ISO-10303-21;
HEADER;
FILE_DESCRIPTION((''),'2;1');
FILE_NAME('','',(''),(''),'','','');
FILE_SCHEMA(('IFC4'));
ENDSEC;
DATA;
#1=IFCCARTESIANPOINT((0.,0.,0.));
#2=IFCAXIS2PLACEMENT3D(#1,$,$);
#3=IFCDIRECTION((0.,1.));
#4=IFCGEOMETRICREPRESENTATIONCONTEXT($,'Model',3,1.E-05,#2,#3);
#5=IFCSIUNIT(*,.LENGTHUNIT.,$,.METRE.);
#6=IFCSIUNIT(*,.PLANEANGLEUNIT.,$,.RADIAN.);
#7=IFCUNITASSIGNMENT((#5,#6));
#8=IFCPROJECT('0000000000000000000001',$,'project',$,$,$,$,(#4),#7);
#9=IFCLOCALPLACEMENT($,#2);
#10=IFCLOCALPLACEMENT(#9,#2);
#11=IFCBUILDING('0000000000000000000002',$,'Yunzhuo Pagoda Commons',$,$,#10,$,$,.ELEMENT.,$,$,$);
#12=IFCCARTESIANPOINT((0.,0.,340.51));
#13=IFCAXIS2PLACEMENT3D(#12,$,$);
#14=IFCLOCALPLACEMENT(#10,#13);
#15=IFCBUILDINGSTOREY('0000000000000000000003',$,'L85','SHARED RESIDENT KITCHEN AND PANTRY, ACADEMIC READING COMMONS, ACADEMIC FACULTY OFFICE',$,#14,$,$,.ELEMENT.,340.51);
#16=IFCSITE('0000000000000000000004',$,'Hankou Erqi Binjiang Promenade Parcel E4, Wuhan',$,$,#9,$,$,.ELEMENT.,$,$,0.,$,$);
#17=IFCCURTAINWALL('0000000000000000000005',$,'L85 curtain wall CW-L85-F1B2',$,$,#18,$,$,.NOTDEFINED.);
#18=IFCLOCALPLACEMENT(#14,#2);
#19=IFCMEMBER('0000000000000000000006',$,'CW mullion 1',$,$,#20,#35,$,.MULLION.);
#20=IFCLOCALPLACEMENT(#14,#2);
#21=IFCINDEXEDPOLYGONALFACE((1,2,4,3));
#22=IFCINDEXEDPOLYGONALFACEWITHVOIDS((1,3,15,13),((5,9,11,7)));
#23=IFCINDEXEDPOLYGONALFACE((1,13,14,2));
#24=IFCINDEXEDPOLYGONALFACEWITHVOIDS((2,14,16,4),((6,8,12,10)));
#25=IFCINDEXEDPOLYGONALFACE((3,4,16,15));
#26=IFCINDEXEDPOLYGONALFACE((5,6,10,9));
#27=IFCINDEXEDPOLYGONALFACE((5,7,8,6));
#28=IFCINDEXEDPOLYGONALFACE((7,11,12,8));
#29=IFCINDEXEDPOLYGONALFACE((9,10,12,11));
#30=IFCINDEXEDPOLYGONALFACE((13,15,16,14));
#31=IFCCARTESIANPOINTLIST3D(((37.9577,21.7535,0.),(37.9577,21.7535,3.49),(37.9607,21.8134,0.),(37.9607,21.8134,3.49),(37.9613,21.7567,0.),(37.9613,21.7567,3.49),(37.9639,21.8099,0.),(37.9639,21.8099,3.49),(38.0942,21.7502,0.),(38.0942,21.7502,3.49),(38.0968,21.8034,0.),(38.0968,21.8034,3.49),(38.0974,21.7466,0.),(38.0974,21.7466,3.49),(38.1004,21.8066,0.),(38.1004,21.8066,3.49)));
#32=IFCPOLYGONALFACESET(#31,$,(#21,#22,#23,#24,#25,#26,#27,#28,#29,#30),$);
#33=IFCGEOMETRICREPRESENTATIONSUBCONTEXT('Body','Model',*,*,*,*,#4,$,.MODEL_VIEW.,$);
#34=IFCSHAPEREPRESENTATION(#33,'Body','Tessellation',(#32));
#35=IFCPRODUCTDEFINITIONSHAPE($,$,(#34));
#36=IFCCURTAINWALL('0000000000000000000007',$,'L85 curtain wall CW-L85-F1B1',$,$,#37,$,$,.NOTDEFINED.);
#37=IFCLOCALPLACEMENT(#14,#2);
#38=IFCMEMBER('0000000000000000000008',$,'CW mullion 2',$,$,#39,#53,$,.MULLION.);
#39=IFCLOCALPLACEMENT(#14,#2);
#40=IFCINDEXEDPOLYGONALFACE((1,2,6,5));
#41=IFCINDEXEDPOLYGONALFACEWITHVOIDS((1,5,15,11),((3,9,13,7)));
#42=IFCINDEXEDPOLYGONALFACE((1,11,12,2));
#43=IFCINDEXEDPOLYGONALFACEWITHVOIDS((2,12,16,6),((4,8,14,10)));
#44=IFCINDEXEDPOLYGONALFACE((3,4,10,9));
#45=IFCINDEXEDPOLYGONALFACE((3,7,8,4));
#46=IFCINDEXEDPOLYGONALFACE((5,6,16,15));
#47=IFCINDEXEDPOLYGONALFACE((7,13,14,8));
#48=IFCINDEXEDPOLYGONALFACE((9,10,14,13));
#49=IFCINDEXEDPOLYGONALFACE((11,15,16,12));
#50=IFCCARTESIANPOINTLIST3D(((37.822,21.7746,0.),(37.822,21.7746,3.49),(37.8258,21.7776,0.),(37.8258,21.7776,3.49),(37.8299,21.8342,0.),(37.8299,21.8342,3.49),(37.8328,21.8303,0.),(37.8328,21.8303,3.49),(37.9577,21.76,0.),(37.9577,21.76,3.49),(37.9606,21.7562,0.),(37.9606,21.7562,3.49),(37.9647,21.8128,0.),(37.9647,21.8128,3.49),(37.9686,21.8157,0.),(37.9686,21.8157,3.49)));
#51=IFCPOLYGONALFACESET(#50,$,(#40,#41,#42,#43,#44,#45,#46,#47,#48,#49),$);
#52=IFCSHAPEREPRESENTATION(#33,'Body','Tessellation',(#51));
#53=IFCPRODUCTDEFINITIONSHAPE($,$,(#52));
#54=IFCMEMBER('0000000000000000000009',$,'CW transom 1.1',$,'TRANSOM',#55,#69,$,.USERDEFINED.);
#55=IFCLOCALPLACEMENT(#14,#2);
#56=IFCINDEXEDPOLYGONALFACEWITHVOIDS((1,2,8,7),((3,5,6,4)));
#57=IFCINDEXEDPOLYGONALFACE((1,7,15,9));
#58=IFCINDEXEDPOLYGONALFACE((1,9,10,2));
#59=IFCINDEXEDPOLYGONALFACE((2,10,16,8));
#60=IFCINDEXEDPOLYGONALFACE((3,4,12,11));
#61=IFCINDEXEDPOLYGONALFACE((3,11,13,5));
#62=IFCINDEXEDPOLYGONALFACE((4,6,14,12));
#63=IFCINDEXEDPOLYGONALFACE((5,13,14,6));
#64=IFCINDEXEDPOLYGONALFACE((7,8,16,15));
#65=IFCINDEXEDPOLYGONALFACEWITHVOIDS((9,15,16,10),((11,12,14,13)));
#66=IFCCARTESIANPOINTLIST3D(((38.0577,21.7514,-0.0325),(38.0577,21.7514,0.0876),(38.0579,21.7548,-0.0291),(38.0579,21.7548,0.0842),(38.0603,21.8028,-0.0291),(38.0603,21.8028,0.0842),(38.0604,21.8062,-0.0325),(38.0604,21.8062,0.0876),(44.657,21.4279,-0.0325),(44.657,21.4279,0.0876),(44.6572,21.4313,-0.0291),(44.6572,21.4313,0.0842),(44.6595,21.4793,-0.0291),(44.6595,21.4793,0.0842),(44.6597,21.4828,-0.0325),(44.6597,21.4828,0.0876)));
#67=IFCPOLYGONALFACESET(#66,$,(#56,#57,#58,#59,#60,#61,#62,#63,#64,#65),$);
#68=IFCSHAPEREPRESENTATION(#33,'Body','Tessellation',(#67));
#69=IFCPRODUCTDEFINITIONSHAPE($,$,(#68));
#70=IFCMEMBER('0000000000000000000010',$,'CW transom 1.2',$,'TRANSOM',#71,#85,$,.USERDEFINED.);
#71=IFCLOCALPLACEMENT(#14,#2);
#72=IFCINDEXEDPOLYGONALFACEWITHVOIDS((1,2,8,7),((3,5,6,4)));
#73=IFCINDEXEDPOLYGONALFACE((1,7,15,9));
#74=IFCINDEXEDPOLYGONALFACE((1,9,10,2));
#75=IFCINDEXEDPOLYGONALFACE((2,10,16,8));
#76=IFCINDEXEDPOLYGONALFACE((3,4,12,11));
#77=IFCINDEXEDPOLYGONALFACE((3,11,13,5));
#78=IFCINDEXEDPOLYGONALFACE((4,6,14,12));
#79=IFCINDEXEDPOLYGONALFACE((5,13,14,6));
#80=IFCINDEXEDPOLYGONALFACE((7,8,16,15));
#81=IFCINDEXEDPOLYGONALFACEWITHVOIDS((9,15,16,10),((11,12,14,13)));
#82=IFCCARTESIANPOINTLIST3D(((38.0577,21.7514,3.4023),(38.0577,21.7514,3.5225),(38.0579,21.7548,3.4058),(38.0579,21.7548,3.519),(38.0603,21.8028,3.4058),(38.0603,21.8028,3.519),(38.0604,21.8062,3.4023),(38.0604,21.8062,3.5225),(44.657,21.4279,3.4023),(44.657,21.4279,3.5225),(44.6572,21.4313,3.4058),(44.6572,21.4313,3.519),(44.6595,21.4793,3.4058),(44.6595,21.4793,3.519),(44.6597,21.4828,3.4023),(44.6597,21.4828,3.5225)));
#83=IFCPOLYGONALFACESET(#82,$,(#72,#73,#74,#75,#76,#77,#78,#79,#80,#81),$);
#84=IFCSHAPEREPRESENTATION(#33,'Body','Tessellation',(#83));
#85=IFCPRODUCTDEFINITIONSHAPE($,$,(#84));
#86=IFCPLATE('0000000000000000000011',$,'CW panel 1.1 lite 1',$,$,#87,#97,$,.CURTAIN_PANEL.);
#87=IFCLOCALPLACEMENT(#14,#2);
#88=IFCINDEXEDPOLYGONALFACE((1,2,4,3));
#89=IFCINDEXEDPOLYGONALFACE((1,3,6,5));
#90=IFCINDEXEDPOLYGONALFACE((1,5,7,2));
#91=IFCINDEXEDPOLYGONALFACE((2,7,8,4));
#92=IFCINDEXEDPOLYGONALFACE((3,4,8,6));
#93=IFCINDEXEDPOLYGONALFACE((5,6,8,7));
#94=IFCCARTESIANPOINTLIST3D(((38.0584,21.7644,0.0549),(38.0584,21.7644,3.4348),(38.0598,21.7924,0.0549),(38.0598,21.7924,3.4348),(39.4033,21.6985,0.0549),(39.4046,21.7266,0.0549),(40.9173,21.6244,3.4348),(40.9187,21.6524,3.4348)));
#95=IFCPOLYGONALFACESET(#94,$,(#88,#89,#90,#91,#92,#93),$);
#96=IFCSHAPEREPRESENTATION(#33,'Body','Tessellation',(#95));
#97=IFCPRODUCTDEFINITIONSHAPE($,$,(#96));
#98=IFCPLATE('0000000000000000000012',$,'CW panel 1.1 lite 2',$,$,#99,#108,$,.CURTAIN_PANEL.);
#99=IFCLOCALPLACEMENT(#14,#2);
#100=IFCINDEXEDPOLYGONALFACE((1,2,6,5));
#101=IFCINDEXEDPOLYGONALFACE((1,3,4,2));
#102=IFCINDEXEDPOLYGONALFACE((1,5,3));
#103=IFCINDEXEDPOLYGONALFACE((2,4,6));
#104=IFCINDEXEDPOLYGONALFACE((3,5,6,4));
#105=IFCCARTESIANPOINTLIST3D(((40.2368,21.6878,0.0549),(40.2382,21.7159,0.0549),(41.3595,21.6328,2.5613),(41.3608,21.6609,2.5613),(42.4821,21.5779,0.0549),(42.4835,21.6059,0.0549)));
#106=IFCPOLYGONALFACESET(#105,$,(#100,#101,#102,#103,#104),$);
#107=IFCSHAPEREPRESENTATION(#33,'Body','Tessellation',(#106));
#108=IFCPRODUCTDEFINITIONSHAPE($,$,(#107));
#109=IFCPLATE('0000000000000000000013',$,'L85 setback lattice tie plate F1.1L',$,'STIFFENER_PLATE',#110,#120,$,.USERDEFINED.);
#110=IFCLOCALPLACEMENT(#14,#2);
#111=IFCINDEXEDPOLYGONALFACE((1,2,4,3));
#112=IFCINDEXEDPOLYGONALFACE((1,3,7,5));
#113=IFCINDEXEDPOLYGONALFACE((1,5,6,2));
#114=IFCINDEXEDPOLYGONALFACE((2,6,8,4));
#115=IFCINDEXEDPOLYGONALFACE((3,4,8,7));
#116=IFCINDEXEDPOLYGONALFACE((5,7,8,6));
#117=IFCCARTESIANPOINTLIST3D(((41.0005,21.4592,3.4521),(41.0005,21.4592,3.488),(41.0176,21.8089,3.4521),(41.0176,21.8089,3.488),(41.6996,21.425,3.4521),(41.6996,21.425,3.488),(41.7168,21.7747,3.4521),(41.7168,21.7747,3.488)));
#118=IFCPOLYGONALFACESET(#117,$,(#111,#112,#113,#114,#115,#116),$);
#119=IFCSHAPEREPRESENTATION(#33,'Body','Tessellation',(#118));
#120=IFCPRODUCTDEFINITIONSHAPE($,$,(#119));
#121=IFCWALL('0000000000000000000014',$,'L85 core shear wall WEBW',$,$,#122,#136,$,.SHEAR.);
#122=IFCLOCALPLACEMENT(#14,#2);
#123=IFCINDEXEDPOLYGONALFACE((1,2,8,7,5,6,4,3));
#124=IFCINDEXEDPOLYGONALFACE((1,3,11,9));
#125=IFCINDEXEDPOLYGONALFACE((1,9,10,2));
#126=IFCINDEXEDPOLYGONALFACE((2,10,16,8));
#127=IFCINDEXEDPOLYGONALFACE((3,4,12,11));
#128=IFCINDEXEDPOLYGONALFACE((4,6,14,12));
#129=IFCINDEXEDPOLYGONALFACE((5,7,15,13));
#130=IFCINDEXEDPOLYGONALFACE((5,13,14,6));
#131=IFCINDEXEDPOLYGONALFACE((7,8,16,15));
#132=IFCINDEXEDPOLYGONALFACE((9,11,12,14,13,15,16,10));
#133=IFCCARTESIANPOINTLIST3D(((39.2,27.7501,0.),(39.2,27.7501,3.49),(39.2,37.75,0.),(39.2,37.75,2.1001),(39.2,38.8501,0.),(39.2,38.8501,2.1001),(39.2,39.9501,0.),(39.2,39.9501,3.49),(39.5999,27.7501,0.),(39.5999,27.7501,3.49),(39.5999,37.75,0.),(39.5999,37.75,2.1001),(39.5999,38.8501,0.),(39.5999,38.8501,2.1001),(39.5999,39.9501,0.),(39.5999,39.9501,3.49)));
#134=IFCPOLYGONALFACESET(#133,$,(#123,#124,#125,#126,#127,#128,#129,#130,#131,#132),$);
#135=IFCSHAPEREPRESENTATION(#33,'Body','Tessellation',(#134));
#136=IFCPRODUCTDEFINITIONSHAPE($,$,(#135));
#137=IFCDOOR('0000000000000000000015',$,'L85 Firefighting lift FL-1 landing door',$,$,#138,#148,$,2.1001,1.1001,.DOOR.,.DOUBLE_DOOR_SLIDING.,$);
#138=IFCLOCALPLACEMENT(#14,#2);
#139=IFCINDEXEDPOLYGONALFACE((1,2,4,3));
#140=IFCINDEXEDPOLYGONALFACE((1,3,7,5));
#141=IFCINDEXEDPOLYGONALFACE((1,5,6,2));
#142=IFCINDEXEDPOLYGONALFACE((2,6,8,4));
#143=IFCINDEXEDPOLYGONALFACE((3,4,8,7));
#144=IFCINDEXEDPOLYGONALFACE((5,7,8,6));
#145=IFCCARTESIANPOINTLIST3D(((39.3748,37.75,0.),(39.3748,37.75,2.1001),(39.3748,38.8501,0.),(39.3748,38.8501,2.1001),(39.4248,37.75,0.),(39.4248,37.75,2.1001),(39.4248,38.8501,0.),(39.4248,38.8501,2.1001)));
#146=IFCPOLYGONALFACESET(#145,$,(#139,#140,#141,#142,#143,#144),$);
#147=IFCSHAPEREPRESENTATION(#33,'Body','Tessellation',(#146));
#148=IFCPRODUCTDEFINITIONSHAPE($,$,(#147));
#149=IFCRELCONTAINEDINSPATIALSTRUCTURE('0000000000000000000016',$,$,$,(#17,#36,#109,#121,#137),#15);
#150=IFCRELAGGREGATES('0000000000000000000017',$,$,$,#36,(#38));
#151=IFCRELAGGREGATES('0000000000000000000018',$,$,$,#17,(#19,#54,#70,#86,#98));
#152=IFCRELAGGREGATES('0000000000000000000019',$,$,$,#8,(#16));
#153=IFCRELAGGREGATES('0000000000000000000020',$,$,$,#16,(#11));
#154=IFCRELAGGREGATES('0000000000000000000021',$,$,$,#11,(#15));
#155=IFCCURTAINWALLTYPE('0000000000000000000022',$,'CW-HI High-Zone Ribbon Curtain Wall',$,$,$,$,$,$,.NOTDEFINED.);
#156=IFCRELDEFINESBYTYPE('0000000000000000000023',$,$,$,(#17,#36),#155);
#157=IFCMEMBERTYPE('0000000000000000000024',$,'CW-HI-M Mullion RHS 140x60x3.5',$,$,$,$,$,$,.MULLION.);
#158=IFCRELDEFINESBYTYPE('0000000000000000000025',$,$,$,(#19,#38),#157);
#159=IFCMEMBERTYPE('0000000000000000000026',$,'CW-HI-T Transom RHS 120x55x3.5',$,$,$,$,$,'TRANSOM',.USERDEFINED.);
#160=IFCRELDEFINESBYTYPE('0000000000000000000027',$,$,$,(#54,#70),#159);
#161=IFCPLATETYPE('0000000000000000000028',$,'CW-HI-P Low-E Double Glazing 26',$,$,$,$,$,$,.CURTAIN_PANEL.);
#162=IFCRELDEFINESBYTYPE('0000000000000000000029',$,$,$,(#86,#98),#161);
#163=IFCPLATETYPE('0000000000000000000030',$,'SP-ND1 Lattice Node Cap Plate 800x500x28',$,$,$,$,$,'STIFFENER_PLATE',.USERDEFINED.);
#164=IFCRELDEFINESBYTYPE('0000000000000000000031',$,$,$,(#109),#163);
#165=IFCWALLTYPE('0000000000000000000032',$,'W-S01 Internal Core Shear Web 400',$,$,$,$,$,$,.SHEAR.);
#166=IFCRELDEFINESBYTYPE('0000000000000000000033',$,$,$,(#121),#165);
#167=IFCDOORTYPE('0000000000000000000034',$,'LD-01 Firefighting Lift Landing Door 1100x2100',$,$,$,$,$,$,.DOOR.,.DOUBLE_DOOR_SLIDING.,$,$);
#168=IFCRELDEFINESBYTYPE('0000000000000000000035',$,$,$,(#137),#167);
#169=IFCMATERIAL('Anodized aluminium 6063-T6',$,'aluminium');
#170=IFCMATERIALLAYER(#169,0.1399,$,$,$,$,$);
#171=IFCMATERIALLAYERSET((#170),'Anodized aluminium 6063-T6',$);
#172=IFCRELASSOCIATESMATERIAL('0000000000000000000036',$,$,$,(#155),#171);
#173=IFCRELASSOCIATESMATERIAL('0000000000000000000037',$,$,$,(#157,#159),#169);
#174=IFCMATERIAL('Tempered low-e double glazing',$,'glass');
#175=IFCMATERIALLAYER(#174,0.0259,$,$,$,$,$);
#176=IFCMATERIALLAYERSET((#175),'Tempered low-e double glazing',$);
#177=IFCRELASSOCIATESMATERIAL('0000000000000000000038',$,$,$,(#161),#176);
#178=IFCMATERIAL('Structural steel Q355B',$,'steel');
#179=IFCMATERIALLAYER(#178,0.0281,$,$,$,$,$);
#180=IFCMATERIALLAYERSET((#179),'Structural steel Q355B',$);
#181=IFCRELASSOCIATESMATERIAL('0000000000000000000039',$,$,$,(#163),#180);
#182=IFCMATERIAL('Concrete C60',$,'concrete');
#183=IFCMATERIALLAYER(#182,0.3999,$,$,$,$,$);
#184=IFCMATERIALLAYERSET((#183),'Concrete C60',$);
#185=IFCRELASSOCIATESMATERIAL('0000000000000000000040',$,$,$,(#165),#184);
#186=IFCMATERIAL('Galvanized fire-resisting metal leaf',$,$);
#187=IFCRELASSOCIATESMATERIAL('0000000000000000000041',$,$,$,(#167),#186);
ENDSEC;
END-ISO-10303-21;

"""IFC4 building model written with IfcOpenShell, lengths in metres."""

from ifc_helpers import new_model, si_unit, direction, frame, frame_2d, origin, origin_2d, place, context, subcontext, project, spatial, polyline, rectangle, hollow_rectangle, outline, extrude, source, transform, mapped, material, layer, layer_set, material_profile, profile_set, type_object, element, fill, aggregate, save


model = new_model("IFC4")

# Units and contexts
model_context = context("Model", 3, precision=1e-05, world=origin(), true_north=direction((0.0, 1.0)))
body_context = subcontext(model_context, "Body", "Model", "MODEL_VIEW")
ifc_project = project(units=[si_unit("LENGTHUNIT", "METRE"), si_unit("PLANEANGLEUNIT", "RADIAN")], contexts=[model_context])

# Site, building, storey
site_placement = place(None, origin())
site = spatial("IfcSite", under=ifc_project, at=site_placement, Name="Hankou Erqi Binjiang Promenade Parcel E4, Wuhan", CompositionType="ELEMENT", RefElevation=0.0)
building_placement = place(site_placement, origin())
building = spatial("IfcBuilding", under=site, at=building_placement, Name="Yunzhuo Pagoda Commons", CompositionType="ELEMENT")
storey_placement = place(building_placement, frame((0.0, 0.0, 340.51)))
storey = spatial("IfcBuildingStorey", under=building, at=storey_placement, Name="L85", Description="SHARED RESIDENT KITCHEN AND PANTRY, ACADEMIC READING COMMONS, ACADEMIC FACULTY OFFICE", CompositionType="ELEMENT", Elevation=340.51)

# Shared definitions
ifc_material_1 = material(Name="Structural steel Q355B", Category="steel")

# Curtain walls, members
ifc_material_2 = material(Name="Anodized aluminium 6063-T6", Category="aluminium")
ifc_layer_1 = layer(ifc_material_2, 0.1399)
ifc_layer_set_1 = layer_set([ifc_layer_1], Name="Anodized aluminium 6063-T6")
curtain_wall_type = type_object("IfcCurtainWallType", Name="CW-HI High-Zone Ribbon Curtain Wall", PredefinedType="NOTDEFINED", material=ifc_layer_set_1)
curtain_wall_1_placement = place(storey_placement, origin())
curtain_wall_1 = element("IfcCurtainWall", 1, at=curtain_wall_1_placement, inside=storey, type_object=curtain_wall_type, Name="L85 curtain wall CW-L85-F1B2", PredefinedType="NOTDEFINED")
ifc_material_profile_1 = material_profile(ifc_material_2, hollow_rectangle(XDim=0.0601, YDim=0.1399, WallThickness=0.0034, at=origin_2d()), Name="Anodized aluminium 6063-T6")
ifc_profile_set_1 = profile_set([ifc_material_profile_1], Name="Anodized aluminium 6063-T6")
member_type_1 = type_object("IfcMemberType", Name="CW-HI-M Mullion RHS 140x60x3.5", PredefinedType="MULLION", material=ifc_profile_set_1)
shared_shape_1 = source(origin(), body_context, "Body", "SweptSolid", [
    extrude(hollow_rectangle(XDim=0.0601, YDim=0.1399, WallThickness=0.0034, at=origin_2d()), origin(), (0.0, 0.0, 1.0), 3.49),
])
member_1_placement = place(storey_placement, frame((38.0291, 21.78, 0.0), z_axis=(0.0, 0.0, 1.0), x_axis=(0.048906, 0.998803, 0.0)))
member_1 = element("IfcMember", 2, at=member_1_placement, type_object=member_type_1, Name="CW mullion 1", PredefinedType="MULLION", context=body_context, shape_type="MappedRepresentation", body=[
    mapped(shared_shape_1, transform((0.0, 0.0, 0.0), scale=1.0)),
])
curtain_wall_2_placement = place(storey_placement, origin())
curtain_wall_2 = element("IfcCurtainWall", 3, at=curtain_wall_2_placement, inside=storey, type_object=curtain_wall_type, Name="L85 curtain wall CW-L85-F1B1", PredefinedType="NOTDEFINED")
member_2_placement = place(storey_placement, frame((37.8953, 21.7952, 0.0), z_axis=(0.0, 0.0, 1.0), x_axis=(0.132069, 0.991241, 0.0)))
member_2 = element("IfcMember", 4, at=member_2_placement, type_object=member_type_1, Name="CW mullion 2", PredefinedType="MULLION", context=body_context, shape_type="MappedRepresentation", body=[
    mapped(shared_shape_1, transform((0.0, 0.0, 0.0), scale=1.0)),
])
aggregate(curtain_wall_2, [member_2])

# Members
ifc_material_profile_2 = material_profile(ifc_material_2, hollow_rectangle(XDim=0.0549, YDim=0.1201, WallThickness=0.0034, at=origin_2d()), Name="Anodized aluminium 6063-T6")
ifc_profile_set_2 = profile_set([ifc_material_profile_2], Name="Anodized aluminium 6063-T6")
member_type_2 = type_object("IfcMemberType", Name="CW-HI-T Transom RHS 120x55x3.5", ElementType="TRANSOM", PredefinedType="USERDEFINED", material=ifc_profile_set_2)
shared_shape_2 = source(origin(), body_context, "Body", "SweptSolid", [
    extrude(hollow_rectangle(XDim=0.0549, YDim=0.1201, WallThickness=0.0034, at=origin_2d()), origin(), (0.0, 0.0, 1.0), 6.6072),
])
member_3_placement = place(storey_placement, frame((38.0591, 21.7788, 0.0276), z_axis=(0.998801, -0.048959, 0.0), x_axis=(0.048959, 0.998801, 0.0)))
member_3 = element("IfcMember", 5, at=member_3_placement, type_object=member_type_2, Name="CW transom 1.1", ObjectType="TRANSOM", PredefinedType="USERDEFINED", context=body_context, shape_type="MappedRepresentation", body=[
    mapped(shared_shape_2, transform((0.0, 0.0, 0.0), scale=1.0)),
])
member_4_placement = place(storey_placement, frame((38.0591, 21.7788, 3.4624), z_axis=(0.998801, -0.048959, 0.0), x_axis=(0.048959, 0.998801, 0.0)))
member_4 = element("IfcMember", 6, at=member_4_placement, type_object=member_type_2, Name="CW transom 1.2", ObjectType="TRANSOM", PredefinedType="USERDEFINED", context=body_context, shape_type="MappedRepresentation", body=[
    mapped(shared_shape_2, transform((0.0, 0.0, 0.0), scale=1.0)),
])

# Plates
ifc_material_3 = material(Name="Tempered low-e double glazing", Category="glass")
ifc_layer_2 = layer(ifc_material_3, 0.0259)
ifc_layer_set_2 = layer_set([ifc_layer_2], Name="Tempered low-e double glazing")
plate_type_1 = type_object("IfcPlateType", Name="CW-HI-P Low-E Double Glazing 26", PredefinedType="CURTAIN_PANEL", material=ifc_layer_set_2)
plate_1_placement = place(storey_placement, frame((39.4893, 21.7224, 1.7449), z_axis=(-0.048906, -0.998803, 0.0), x_axis=(0.998803, -0.048906, 0.0)))
plate_1 = element("IfcPlate", 7, at=plate_1_placement, type_object=plate_type_1, Name="CW panel 1.1 lite 1", PredefinedType="CURTAIN_PANEL", context=body_context, shape_type="SweptSolid", body=[
    extrude(outline(polyline([(-1.4312, -1.6899), (-0.0847, -1.6899), (1.4312, 1.6899), (-1.4312, 1.6899), (-1.4312, -1.6899)])), origin(), (0.0, 0.0, 1.0), 0.0281),
])
plate_2_placement = place(storey_placement, frame((41.3608, 21.6609, 1.3081), z_axis=(-0.048906, -0.998803, 0.0), x_axis=(0.998803, -0.048906, 0.0)))
plate_2 = element("IfcPlate", 8, at=plate_2_placement, type_object=plate_type_1, Name="CW panel 1.1 lite 2", PredefinedType="CURTAIN_PANEL", context=body_context, shape_type="SweptSolid", body=[
    extrude(outline(polyline([(-1.124, -1.2532), (1.124, -1.2532), (0.0, 1.2532), (-1.124, -1.2532)])), origin(), (0.0, 0.0, 1.0), 0.0281),
])
aggregate(curtain_wall_1, [member_1, member_3, member_4, plate_1, plate_2])
ifc_layer_3 = layer(ifc_material_1, 0.0281)
ifc_layer_set_3 = layer_set([ifc_layer_3], Name="Structural steel Q355B")
plate_type_2 = type_object("IfcPlateType", Name="SP-ND1 Lattice Node Cap Plate 800x500x28", ElementType="STIFFENER_PLATE", PredefinedType="USERDEFINED", material=ifc_layer_set_3)
shared_shape_3 = source(origin(), body_context, "Body", "SweptSolid", [
    extrude(rectangle(XDim=0.7, YDim=0.3501, at=origin_2d()), origin(), (0.0, 0.0, 1.0), 0.0359),
])
plate_3_placement = place(storey_placement, frame((41.3586, 21.6169, 3.4521), z_axis=(0.0, 0.0, 1.0), x_axis=(0.998804, -0.048902, 0.0)))
element("IfcPlate", 9, at=plate_3_placement, inside=storey, type_object=plate_type_2, Name="L85 setback lattice tie plate F1.1L", ObjectType="STIFFENER_PLATE", PredefinedType="USERDEFINED", context=body_context, shape_type="MappedRepresentation", body=[
    mapped(shared_shape_3, transform((0.0, 0.0, 0.0), scale=1.0)),
])

# Wall, opening, door
ifc_material_4 = material(Name="Concrete C60", Category="concrete")
ifc_layer_4 = layer(ifc_material_4, 0.3999)
ifc_layer_set_4 = layer_set([ifc_layer_4], Name="Concrete C60")
wall_type = type_object("IfcWallType", Name="W-S01 Internal Core Shear Web 400", PredefinedType="SHEAR", material=ifc_layer_set_4)
wall_placement = place(storey_placement, frame((39.3999, 27.75, 0.0), z_axis=(0.0, 0.0, 1.0), x_axis=(0.0, 1.0, 0.0)))
wall = element("IfcWall", 10, at=wall_placement, inside=storey, type_object=wall_type, Name="L85 core shear wall WEBW", PredefinedType="SHEAR", context=body_context, shape_type="SweptSolid", body=[
    extrude(rectangle(XDim=12.2, YDim=0.3999, at=frame_2d((6.1001, 0.0))), origin(), (0.0, 0.0, 1.0), 3.49),
])
opening_placement = place(wall_placement, frame((10.0, 0.0, 0.0)))
opening = element("IfcOpeningElement", 11, at=opening_placement, cuts=wall, PredefinedType="OPENING", context=body_context, shape_type="SweptSolid", body=[
    extrude(rectangle(XDim=1.1001, YDim=2.1001, at=frame_2d((0.55, 1.05))), frame((0.0, 0.21, 0.0), z_axis=(0.0, -1.0, 0.0), x_axis=(1.0, 0.0, 0.0)), (0.0, 0.0, 1.0), 0.4199),
])
ifc_material_5 = material(Name="Galvanized fire-resisting metal leaf")
door_type = type_object("IfcDoorType", Name="LD-01 Firefighting Lift Landing Door 1100x2100", OperationType="DOUBLE_DOOR_SLIDING", PredefinedType="DOOR", material=ifc_material_5)
shared_shape_4 = source(origin(), body_context, "Body", "SweptSolid", [
    extrude(rectangle(XDim=1.1001, YDim=2.1001, at=frame_2d((0.55, 1.05))), frame((0.0, 0.0249, 0.0), z_axis=(0.0, -1.0, 0.0), x_axis=(1.0, 0.0, 0.0)), (0.0, 0.0, 1.0), 0.05),
])
door_placement = place(opening_placement, frame((1.1001, 0.0, 0.0), z_axis=(0.0, 0.0, 1.0), x_axis=(-1.0, 0.0, 0.0)))
door = element("IfcDoor", 12, at=door_placement, inside=storey, type_object=door_type, Name="L85 Firefighting lift FL-1 landing door", OperationType="DOUBLE_DOOR_SLIDING", OverallHeight=2.1001, OverallWidth=1.1001, PredefinedType="DOOR", context=body_context, shape_type="MappedRepresentation", body=[
    mapped(shared_shape_4, transform((0.0, 0.0, 0.0), scale=1.0)),
])
fill(opening, door)

save(model, "model.ifc")
